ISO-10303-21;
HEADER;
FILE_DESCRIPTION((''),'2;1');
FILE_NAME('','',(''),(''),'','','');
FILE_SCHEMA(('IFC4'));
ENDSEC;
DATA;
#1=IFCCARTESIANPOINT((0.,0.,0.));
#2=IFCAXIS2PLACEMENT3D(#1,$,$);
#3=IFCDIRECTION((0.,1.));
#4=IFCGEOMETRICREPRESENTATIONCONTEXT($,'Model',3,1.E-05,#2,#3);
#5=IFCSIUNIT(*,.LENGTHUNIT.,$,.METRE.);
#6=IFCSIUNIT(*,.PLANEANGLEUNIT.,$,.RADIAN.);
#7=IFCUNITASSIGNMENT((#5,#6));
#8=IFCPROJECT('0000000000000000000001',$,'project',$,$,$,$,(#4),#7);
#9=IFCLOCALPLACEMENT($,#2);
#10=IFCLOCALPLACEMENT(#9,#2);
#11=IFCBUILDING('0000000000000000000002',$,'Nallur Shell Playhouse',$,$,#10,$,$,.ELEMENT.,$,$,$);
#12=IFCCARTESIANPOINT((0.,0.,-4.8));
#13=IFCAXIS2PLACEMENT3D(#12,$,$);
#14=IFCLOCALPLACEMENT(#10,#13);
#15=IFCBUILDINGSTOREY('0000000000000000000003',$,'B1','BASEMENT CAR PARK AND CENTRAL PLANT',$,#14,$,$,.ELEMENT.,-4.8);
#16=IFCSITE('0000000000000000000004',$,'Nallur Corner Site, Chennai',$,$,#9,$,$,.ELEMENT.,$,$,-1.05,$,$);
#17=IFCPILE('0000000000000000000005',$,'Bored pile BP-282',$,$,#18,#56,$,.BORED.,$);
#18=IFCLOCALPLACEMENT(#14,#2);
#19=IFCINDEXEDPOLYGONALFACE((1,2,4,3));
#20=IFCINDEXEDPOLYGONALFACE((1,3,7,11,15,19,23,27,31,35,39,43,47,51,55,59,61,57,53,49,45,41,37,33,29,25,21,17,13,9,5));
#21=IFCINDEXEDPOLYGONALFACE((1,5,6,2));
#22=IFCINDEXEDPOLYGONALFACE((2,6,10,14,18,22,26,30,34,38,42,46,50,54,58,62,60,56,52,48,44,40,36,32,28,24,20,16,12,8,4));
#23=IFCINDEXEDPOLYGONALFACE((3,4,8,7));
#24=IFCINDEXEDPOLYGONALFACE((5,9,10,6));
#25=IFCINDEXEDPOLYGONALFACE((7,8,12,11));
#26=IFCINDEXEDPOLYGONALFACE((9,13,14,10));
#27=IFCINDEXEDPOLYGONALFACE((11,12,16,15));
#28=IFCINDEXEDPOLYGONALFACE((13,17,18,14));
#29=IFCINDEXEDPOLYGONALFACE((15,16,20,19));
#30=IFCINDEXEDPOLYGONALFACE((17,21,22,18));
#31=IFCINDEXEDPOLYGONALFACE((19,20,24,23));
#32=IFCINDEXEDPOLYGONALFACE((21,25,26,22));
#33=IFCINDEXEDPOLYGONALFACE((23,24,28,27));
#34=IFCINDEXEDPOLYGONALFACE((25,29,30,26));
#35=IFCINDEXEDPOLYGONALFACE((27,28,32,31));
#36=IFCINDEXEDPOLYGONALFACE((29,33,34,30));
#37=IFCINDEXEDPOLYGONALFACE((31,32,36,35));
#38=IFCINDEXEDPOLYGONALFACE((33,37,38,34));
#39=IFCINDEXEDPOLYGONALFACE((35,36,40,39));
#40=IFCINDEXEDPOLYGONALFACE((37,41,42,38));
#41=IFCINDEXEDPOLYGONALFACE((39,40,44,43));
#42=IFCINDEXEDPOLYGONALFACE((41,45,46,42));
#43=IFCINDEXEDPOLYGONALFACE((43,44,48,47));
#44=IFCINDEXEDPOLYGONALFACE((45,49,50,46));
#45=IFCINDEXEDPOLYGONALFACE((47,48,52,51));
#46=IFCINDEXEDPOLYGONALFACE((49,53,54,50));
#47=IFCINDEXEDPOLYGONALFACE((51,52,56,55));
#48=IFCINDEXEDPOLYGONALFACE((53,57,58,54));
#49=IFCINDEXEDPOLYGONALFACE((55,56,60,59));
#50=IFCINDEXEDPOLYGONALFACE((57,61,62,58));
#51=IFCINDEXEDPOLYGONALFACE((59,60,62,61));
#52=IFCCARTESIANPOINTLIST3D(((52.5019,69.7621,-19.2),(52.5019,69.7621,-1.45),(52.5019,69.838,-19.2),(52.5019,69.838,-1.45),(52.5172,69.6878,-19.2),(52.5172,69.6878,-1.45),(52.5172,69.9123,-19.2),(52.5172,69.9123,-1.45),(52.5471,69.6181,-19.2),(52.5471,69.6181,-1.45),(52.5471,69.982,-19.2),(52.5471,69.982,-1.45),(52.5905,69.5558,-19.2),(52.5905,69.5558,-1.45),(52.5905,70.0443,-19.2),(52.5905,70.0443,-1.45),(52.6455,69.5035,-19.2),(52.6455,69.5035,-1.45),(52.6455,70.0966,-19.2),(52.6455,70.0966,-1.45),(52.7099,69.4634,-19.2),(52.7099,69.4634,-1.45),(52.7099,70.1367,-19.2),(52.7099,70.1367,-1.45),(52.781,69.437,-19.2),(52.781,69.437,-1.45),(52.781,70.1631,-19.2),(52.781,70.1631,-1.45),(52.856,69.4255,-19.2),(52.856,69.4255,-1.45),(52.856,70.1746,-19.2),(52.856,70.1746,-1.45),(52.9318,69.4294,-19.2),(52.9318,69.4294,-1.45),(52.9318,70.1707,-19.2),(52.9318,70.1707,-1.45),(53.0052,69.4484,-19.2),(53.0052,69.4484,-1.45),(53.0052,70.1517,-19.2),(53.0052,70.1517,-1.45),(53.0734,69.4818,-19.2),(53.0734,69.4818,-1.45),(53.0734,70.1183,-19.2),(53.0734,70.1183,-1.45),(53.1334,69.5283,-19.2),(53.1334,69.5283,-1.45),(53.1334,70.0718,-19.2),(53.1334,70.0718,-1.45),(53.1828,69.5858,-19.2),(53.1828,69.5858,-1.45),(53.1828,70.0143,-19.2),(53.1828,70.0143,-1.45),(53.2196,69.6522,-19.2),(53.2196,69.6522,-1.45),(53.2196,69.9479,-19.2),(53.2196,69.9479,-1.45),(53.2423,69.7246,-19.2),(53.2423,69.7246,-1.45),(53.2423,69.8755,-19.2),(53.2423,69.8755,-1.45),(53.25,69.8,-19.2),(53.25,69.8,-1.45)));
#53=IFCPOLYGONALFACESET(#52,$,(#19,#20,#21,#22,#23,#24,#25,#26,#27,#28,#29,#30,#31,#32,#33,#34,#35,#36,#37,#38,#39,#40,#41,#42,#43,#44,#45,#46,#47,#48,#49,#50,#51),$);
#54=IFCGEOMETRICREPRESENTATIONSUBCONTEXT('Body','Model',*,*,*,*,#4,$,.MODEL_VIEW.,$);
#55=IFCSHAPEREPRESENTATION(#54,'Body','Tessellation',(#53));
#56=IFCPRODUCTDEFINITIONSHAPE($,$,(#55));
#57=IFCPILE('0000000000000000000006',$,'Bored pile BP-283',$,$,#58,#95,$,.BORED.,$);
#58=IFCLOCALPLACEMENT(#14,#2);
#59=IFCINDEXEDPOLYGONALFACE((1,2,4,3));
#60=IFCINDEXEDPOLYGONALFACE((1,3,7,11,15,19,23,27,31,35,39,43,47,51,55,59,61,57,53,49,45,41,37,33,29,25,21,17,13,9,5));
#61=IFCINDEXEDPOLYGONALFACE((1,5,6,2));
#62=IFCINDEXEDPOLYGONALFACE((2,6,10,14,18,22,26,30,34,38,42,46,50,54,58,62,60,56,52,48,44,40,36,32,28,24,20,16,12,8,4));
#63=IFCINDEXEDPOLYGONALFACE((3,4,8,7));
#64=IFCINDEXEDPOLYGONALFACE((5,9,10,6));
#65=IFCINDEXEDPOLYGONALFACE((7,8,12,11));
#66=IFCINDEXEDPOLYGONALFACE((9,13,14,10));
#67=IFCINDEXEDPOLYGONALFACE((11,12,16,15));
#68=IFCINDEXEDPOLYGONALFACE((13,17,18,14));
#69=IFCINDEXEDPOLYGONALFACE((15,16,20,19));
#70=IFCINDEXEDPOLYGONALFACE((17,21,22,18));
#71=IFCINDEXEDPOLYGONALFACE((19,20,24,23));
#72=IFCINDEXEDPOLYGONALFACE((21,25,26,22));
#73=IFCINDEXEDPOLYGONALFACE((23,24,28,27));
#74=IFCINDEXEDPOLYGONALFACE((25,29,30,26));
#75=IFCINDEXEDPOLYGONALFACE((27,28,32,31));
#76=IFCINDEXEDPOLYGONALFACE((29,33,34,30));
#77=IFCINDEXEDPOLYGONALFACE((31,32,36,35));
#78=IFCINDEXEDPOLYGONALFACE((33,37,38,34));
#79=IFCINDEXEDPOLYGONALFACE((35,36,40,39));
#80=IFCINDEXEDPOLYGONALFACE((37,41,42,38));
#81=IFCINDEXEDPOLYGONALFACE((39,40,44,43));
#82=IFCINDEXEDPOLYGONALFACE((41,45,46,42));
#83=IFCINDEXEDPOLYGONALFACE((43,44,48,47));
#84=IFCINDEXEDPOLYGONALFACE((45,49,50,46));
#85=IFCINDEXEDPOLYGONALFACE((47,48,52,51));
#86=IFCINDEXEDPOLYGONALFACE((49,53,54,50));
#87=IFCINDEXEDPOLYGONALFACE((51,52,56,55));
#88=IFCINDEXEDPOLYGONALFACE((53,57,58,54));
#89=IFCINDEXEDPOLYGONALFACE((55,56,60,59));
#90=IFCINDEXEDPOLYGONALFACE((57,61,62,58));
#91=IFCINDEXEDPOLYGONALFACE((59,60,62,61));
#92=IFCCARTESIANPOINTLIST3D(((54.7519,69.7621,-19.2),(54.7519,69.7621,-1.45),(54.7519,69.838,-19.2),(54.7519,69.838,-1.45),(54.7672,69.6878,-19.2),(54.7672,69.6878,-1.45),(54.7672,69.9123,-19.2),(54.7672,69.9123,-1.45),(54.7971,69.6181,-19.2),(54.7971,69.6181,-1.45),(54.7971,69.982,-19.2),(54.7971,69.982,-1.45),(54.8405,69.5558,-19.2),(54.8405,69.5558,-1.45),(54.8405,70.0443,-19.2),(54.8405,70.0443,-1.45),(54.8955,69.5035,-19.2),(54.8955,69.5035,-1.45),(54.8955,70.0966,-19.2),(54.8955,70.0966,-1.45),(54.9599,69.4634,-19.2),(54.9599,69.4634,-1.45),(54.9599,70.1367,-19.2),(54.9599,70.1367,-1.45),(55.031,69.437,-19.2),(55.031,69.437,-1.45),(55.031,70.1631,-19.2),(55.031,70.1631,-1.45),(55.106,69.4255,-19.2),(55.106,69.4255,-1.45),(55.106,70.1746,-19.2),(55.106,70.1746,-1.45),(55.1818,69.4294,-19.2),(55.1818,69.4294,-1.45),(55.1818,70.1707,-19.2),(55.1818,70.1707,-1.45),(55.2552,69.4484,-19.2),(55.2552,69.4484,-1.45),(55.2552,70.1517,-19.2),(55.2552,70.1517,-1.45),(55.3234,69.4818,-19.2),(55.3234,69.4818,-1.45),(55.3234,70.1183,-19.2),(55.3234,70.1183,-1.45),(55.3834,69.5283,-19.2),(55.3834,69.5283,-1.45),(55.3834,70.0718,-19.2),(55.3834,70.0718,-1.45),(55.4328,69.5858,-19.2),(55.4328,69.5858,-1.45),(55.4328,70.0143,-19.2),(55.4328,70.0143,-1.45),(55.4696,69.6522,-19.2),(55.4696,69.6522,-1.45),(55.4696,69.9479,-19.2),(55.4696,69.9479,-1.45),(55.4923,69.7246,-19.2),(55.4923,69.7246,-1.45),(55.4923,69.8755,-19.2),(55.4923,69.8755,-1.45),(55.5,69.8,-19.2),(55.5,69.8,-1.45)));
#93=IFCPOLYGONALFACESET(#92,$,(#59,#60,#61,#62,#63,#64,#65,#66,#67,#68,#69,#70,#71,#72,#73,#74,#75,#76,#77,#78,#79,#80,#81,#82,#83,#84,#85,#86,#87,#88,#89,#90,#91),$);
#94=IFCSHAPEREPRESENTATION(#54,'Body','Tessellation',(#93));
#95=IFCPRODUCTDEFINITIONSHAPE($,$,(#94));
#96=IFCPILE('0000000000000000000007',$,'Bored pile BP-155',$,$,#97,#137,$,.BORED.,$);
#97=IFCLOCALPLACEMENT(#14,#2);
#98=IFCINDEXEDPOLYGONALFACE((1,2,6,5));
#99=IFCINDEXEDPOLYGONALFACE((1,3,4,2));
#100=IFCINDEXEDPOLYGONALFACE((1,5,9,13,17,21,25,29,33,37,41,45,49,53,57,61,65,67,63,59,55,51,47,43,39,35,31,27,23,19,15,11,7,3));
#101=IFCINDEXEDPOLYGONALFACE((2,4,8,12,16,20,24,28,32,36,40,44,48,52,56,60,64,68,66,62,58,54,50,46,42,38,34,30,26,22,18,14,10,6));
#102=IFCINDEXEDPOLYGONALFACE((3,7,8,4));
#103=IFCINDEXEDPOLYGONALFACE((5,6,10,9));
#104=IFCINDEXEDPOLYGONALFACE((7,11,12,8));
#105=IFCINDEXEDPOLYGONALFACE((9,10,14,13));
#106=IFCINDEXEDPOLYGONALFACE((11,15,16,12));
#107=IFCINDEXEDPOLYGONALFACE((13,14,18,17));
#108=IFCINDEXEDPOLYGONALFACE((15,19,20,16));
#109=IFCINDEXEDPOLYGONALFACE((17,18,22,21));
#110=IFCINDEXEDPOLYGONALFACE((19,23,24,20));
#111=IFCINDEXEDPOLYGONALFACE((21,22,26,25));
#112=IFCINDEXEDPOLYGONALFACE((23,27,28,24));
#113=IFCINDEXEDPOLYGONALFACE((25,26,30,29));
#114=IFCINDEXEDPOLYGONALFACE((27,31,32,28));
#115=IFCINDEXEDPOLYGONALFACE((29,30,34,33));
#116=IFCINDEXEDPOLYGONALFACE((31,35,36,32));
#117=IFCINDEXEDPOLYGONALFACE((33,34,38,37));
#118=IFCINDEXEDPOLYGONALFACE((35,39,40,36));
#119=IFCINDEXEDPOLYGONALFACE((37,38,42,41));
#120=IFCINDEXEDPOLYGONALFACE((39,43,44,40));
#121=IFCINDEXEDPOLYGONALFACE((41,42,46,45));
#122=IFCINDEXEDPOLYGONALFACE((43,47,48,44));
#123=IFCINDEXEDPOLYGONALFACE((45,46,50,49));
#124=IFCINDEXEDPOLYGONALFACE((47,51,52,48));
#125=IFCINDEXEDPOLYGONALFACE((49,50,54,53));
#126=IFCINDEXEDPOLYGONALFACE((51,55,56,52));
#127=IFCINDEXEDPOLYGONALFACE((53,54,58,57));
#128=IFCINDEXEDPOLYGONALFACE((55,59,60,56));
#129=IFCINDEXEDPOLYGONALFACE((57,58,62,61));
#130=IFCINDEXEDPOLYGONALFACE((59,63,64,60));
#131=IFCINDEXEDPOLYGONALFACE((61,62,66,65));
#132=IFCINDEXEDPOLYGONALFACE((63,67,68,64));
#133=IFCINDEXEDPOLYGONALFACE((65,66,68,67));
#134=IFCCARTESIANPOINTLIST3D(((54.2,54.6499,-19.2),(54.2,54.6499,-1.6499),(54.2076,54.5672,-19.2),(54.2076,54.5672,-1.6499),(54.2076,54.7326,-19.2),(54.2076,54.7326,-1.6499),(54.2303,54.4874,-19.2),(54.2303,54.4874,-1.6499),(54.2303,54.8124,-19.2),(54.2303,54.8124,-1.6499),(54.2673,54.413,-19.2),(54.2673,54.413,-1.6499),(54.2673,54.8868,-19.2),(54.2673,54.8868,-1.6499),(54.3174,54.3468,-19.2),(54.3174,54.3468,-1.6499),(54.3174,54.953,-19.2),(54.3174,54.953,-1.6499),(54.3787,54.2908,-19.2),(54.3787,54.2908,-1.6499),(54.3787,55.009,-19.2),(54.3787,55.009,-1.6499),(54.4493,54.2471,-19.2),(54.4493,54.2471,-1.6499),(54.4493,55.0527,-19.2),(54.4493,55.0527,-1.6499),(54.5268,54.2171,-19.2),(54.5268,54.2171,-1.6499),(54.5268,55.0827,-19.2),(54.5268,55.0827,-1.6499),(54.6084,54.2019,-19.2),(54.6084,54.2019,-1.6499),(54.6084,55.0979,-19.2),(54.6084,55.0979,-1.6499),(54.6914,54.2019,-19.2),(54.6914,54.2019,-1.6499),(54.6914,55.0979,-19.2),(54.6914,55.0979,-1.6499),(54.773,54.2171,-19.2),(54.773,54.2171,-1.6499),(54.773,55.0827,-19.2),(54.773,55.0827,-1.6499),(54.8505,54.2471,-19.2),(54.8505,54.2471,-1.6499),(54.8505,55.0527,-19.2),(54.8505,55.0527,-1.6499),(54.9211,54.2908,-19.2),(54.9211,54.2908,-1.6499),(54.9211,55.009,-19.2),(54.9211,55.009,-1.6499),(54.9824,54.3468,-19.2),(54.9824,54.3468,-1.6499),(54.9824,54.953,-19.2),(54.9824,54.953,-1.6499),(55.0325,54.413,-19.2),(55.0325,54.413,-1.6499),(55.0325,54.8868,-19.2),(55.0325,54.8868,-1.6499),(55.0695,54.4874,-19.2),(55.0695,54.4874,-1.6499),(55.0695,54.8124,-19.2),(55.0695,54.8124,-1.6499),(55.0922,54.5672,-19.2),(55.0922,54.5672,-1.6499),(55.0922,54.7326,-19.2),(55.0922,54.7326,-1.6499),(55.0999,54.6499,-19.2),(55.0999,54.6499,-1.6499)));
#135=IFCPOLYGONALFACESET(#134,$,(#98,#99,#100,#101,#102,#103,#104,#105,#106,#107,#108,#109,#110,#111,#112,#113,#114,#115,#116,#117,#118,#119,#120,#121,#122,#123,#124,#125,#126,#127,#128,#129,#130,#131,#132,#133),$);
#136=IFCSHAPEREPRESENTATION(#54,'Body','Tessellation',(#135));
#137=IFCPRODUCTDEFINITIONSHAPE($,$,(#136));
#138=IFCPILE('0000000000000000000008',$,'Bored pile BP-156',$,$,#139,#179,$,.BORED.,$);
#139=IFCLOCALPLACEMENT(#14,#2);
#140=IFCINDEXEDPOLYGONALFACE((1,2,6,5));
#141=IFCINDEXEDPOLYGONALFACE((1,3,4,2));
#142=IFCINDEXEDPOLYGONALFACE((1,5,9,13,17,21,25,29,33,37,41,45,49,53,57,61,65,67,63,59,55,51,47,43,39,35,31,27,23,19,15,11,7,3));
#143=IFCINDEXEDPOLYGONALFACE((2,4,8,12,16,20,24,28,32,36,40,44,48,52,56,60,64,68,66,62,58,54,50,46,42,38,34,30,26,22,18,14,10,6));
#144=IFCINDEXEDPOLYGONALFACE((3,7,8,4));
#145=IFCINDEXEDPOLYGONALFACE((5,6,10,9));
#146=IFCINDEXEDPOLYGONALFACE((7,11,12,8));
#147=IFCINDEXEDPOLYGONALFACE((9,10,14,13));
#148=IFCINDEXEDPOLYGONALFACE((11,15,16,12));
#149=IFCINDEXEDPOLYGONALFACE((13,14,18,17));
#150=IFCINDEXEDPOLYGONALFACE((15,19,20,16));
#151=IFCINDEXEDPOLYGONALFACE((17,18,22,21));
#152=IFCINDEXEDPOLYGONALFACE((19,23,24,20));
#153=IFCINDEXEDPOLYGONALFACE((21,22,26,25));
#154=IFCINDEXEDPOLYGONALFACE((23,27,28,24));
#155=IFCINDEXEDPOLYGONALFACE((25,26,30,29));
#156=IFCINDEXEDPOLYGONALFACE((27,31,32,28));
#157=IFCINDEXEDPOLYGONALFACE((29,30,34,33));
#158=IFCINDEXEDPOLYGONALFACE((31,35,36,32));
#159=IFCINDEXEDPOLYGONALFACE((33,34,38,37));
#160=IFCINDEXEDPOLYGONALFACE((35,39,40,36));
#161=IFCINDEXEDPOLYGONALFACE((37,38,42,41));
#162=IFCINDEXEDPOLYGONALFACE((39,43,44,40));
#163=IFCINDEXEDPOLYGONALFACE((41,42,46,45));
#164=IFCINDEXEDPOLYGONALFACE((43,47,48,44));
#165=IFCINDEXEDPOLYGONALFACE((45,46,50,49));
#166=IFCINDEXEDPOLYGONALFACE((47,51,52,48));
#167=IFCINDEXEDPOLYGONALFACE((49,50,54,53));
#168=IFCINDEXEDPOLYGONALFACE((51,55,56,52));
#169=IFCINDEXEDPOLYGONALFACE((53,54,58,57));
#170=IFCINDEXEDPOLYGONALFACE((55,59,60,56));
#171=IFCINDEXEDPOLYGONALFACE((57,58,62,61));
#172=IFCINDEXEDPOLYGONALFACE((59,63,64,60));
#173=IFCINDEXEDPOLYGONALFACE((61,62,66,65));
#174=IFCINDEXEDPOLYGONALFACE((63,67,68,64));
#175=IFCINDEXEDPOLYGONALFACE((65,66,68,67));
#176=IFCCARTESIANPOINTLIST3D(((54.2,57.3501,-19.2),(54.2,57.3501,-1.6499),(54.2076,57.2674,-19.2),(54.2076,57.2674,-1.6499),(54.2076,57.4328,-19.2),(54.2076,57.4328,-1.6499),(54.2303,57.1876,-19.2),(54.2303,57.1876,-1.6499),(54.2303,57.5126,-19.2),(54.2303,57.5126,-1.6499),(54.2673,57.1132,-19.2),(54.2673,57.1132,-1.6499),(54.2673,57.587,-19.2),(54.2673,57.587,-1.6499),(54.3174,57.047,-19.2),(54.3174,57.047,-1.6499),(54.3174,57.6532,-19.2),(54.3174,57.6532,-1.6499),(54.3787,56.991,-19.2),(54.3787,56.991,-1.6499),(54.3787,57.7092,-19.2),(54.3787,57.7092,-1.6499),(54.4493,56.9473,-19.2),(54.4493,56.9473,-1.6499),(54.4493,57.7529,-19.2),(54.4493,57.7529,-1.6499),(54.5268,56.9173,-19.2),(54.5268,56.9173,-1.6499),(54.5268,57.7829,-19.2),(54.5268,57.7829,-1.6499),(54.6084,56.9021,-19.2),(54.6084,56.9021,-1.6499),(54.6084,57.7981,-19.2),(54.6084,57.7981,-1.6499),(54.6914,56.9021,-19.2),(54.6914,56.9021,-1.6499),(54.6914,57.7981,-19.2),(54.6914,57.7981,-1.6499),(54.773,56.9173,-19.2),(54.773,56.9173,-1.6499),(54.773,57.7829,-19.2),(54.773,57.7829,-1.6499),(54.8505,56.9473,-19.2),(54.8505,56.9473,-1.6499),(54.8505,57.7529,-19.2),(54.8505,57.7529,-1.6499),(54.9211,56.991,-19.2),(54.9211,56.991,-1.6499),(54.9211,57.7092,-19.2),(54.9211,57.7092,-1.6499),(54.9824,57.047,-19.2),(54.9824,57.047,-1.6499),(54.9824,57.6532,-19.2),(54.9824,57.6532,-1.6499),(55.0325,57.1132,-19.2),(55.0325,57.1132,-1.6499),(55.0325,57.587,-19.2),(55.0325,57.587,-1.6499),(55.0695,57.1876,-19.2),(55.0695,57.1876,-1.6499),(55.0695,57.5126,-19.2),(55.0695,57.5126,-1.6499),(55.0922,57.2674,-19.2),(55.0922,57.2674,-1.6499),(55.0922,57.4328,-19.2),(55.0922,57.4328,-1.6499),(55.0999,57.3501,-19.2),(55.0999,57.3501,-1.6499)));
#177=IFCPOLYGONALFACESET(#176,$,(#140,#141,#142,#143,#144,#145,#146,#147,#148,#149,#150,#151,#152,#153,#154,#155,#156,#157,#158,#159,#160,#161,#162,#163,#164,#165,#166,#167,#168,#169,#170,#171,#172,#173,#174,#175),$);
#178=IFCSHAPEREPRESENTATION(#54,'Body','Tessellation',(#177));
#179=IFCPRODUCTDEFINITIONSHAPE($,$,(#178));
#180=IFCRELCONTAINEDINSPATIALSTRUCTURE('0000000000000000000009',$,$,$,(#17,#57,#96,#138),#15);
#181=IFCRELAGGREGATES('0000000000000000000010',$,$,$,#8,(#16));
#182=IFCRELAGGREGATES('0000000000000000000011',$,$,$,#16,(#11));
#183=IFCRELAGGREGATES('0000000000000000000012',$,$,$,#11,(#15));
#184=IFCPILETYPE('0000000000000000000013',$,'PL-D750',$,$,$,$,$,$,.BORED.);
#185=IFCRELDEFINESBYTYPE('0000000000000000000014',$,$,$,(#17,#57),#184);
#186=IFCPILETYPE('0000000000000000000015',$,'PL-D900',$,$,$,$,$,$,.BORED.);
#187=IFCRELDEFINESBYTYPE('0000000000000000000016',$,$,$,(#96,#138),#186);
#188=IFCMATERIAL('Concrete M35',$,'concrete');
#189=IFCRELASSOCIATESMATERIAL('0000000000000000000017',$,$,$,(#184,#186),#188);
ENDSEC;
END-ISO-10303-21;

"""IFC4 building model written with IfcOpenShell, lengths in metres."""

from ifc_helpers import new_model, si_unit, direction, frame, origin, origin_2d, place, context, subcontext, project, spatial, circle, extrude, material, material_profile, profile_set, type_object, element, save


model = new_model("IFC4")

# Units and contexts
model_context = context("Model", 3, precision=1e-05, world=origin(), true_north=direction((0.0, 1.0)))
body_context = subcontext(model_context, "Body", "Model", "MODEL_VIEW")
ifc_project = project(units=[si_unit("LENGTHUNIT", "METRE"), si_unit("PLANEANGLEUNIT", "RADIAN")], contexts=[model_context])

# Site, building, storey
site_placement = place(None, origin())
site = spatial("IfcSite", under=ifc_project, at=site_placement, Name="Nallur Corner Site, Chennai", CompositionType="ELEMENT", RefElevation=-1.05)
building_placement = place(site_placement, origin())
building = spatial("IfcBuilding", under=site, at=building_placement, Name="Nallur Shell Playhouse", CompositionType="ELEMENT")
storey_placement = place(building_placement, frame((0.0, 0.0, -4.8)))
storey = spatial("IfcBuildingStorey", under=building, at=storey_placement, Name="B1", Description="BASEMENT CAR PARK AND CENTRAL PLANT", CompositionType="ELEMENT", Elevation=-4.8)

# Shared definitions
ifc_material_1 = material(Name="Concrete M35", Category="concrete")

# Piles
ifc_material_profile_1 = material_profile(ifc_material_1, circle(Radius=0.375, at=origin_2d()), Name="BORED PILE D750")
ifc_profile_set_1 = profile_set([ifc_material_profile_1], Name="Concrete M35")
pile_type_1 = type_object("IfcPileType", Name="PL-D750", PredefinedType="BORED", material=ifc_profile_set_1)
for number, where, z_axis, x_axis, name in (
    (1, (52.875, 69.8, -1.45), (0.0, 0.0, -1.0), (1.0, 0.0, 0.0), "Bored pile BP-282"),
    (2, (55.125, 69.8, -1.45), (0.0, 0.0, -1.0), (1.0, 0.0, 0.0), "Bored pile BP-283"),
):
    element("IfcPile", number, at=place(storey_placement, frame(where, z_axis=z_axis, x_axis=x_axis)), inside=storey, type_object=pile_type_1, Name=name, PredefinedType="BORED", context=body_context, shape_type="SweptSolid", body=[
        extrude(circle(Radius=0.375, at=origin_2d()), origin(), (0.0, 0.0, 1.0), 17.75),
    ])
ifc_material_profile_2 = material_profile(ifc_material_1, circle(Radius=0.45, at=origin_2d()), Name="BORED PILE D900")
ifc_profile_set_2 = profile_set([ifc_material_profile_2], Name="Concrete M35")
pile_type_2 = type_object("IfcPileType", Name="PL-D900", PredefinedType="BORED", material=ifc_profile_set_2)
for number, where, z_axis, x_axis, name in (
    (3, (54.6499, 54.6499, -1.6499), (0.0, 0.0, -1.0), (1.0, 0.0, 0.0), "Bored pile BP-155"),
    (4, (54.6499, 57.3501, -1.6499), (0.0, 0.0, -1.0), (1.0, 0.0, 0.0), "Bored pile BP-156"),
):
    element("IfcPile", number, at=place(storey_placement, frame(where, z_axis=z_axis, x_axis=x_axis)), inside=storey, type_object=pile_type_2, Name=name, PredefinedType="BORED", context=body_context, shape_type="SweptSolid", body=[
        extrude(circle(Radius=0.45, at=origin_2d()), origin(), (0.0, 0.0, 1.0), 17.55),
    ])

save(model, "model.ifc")
